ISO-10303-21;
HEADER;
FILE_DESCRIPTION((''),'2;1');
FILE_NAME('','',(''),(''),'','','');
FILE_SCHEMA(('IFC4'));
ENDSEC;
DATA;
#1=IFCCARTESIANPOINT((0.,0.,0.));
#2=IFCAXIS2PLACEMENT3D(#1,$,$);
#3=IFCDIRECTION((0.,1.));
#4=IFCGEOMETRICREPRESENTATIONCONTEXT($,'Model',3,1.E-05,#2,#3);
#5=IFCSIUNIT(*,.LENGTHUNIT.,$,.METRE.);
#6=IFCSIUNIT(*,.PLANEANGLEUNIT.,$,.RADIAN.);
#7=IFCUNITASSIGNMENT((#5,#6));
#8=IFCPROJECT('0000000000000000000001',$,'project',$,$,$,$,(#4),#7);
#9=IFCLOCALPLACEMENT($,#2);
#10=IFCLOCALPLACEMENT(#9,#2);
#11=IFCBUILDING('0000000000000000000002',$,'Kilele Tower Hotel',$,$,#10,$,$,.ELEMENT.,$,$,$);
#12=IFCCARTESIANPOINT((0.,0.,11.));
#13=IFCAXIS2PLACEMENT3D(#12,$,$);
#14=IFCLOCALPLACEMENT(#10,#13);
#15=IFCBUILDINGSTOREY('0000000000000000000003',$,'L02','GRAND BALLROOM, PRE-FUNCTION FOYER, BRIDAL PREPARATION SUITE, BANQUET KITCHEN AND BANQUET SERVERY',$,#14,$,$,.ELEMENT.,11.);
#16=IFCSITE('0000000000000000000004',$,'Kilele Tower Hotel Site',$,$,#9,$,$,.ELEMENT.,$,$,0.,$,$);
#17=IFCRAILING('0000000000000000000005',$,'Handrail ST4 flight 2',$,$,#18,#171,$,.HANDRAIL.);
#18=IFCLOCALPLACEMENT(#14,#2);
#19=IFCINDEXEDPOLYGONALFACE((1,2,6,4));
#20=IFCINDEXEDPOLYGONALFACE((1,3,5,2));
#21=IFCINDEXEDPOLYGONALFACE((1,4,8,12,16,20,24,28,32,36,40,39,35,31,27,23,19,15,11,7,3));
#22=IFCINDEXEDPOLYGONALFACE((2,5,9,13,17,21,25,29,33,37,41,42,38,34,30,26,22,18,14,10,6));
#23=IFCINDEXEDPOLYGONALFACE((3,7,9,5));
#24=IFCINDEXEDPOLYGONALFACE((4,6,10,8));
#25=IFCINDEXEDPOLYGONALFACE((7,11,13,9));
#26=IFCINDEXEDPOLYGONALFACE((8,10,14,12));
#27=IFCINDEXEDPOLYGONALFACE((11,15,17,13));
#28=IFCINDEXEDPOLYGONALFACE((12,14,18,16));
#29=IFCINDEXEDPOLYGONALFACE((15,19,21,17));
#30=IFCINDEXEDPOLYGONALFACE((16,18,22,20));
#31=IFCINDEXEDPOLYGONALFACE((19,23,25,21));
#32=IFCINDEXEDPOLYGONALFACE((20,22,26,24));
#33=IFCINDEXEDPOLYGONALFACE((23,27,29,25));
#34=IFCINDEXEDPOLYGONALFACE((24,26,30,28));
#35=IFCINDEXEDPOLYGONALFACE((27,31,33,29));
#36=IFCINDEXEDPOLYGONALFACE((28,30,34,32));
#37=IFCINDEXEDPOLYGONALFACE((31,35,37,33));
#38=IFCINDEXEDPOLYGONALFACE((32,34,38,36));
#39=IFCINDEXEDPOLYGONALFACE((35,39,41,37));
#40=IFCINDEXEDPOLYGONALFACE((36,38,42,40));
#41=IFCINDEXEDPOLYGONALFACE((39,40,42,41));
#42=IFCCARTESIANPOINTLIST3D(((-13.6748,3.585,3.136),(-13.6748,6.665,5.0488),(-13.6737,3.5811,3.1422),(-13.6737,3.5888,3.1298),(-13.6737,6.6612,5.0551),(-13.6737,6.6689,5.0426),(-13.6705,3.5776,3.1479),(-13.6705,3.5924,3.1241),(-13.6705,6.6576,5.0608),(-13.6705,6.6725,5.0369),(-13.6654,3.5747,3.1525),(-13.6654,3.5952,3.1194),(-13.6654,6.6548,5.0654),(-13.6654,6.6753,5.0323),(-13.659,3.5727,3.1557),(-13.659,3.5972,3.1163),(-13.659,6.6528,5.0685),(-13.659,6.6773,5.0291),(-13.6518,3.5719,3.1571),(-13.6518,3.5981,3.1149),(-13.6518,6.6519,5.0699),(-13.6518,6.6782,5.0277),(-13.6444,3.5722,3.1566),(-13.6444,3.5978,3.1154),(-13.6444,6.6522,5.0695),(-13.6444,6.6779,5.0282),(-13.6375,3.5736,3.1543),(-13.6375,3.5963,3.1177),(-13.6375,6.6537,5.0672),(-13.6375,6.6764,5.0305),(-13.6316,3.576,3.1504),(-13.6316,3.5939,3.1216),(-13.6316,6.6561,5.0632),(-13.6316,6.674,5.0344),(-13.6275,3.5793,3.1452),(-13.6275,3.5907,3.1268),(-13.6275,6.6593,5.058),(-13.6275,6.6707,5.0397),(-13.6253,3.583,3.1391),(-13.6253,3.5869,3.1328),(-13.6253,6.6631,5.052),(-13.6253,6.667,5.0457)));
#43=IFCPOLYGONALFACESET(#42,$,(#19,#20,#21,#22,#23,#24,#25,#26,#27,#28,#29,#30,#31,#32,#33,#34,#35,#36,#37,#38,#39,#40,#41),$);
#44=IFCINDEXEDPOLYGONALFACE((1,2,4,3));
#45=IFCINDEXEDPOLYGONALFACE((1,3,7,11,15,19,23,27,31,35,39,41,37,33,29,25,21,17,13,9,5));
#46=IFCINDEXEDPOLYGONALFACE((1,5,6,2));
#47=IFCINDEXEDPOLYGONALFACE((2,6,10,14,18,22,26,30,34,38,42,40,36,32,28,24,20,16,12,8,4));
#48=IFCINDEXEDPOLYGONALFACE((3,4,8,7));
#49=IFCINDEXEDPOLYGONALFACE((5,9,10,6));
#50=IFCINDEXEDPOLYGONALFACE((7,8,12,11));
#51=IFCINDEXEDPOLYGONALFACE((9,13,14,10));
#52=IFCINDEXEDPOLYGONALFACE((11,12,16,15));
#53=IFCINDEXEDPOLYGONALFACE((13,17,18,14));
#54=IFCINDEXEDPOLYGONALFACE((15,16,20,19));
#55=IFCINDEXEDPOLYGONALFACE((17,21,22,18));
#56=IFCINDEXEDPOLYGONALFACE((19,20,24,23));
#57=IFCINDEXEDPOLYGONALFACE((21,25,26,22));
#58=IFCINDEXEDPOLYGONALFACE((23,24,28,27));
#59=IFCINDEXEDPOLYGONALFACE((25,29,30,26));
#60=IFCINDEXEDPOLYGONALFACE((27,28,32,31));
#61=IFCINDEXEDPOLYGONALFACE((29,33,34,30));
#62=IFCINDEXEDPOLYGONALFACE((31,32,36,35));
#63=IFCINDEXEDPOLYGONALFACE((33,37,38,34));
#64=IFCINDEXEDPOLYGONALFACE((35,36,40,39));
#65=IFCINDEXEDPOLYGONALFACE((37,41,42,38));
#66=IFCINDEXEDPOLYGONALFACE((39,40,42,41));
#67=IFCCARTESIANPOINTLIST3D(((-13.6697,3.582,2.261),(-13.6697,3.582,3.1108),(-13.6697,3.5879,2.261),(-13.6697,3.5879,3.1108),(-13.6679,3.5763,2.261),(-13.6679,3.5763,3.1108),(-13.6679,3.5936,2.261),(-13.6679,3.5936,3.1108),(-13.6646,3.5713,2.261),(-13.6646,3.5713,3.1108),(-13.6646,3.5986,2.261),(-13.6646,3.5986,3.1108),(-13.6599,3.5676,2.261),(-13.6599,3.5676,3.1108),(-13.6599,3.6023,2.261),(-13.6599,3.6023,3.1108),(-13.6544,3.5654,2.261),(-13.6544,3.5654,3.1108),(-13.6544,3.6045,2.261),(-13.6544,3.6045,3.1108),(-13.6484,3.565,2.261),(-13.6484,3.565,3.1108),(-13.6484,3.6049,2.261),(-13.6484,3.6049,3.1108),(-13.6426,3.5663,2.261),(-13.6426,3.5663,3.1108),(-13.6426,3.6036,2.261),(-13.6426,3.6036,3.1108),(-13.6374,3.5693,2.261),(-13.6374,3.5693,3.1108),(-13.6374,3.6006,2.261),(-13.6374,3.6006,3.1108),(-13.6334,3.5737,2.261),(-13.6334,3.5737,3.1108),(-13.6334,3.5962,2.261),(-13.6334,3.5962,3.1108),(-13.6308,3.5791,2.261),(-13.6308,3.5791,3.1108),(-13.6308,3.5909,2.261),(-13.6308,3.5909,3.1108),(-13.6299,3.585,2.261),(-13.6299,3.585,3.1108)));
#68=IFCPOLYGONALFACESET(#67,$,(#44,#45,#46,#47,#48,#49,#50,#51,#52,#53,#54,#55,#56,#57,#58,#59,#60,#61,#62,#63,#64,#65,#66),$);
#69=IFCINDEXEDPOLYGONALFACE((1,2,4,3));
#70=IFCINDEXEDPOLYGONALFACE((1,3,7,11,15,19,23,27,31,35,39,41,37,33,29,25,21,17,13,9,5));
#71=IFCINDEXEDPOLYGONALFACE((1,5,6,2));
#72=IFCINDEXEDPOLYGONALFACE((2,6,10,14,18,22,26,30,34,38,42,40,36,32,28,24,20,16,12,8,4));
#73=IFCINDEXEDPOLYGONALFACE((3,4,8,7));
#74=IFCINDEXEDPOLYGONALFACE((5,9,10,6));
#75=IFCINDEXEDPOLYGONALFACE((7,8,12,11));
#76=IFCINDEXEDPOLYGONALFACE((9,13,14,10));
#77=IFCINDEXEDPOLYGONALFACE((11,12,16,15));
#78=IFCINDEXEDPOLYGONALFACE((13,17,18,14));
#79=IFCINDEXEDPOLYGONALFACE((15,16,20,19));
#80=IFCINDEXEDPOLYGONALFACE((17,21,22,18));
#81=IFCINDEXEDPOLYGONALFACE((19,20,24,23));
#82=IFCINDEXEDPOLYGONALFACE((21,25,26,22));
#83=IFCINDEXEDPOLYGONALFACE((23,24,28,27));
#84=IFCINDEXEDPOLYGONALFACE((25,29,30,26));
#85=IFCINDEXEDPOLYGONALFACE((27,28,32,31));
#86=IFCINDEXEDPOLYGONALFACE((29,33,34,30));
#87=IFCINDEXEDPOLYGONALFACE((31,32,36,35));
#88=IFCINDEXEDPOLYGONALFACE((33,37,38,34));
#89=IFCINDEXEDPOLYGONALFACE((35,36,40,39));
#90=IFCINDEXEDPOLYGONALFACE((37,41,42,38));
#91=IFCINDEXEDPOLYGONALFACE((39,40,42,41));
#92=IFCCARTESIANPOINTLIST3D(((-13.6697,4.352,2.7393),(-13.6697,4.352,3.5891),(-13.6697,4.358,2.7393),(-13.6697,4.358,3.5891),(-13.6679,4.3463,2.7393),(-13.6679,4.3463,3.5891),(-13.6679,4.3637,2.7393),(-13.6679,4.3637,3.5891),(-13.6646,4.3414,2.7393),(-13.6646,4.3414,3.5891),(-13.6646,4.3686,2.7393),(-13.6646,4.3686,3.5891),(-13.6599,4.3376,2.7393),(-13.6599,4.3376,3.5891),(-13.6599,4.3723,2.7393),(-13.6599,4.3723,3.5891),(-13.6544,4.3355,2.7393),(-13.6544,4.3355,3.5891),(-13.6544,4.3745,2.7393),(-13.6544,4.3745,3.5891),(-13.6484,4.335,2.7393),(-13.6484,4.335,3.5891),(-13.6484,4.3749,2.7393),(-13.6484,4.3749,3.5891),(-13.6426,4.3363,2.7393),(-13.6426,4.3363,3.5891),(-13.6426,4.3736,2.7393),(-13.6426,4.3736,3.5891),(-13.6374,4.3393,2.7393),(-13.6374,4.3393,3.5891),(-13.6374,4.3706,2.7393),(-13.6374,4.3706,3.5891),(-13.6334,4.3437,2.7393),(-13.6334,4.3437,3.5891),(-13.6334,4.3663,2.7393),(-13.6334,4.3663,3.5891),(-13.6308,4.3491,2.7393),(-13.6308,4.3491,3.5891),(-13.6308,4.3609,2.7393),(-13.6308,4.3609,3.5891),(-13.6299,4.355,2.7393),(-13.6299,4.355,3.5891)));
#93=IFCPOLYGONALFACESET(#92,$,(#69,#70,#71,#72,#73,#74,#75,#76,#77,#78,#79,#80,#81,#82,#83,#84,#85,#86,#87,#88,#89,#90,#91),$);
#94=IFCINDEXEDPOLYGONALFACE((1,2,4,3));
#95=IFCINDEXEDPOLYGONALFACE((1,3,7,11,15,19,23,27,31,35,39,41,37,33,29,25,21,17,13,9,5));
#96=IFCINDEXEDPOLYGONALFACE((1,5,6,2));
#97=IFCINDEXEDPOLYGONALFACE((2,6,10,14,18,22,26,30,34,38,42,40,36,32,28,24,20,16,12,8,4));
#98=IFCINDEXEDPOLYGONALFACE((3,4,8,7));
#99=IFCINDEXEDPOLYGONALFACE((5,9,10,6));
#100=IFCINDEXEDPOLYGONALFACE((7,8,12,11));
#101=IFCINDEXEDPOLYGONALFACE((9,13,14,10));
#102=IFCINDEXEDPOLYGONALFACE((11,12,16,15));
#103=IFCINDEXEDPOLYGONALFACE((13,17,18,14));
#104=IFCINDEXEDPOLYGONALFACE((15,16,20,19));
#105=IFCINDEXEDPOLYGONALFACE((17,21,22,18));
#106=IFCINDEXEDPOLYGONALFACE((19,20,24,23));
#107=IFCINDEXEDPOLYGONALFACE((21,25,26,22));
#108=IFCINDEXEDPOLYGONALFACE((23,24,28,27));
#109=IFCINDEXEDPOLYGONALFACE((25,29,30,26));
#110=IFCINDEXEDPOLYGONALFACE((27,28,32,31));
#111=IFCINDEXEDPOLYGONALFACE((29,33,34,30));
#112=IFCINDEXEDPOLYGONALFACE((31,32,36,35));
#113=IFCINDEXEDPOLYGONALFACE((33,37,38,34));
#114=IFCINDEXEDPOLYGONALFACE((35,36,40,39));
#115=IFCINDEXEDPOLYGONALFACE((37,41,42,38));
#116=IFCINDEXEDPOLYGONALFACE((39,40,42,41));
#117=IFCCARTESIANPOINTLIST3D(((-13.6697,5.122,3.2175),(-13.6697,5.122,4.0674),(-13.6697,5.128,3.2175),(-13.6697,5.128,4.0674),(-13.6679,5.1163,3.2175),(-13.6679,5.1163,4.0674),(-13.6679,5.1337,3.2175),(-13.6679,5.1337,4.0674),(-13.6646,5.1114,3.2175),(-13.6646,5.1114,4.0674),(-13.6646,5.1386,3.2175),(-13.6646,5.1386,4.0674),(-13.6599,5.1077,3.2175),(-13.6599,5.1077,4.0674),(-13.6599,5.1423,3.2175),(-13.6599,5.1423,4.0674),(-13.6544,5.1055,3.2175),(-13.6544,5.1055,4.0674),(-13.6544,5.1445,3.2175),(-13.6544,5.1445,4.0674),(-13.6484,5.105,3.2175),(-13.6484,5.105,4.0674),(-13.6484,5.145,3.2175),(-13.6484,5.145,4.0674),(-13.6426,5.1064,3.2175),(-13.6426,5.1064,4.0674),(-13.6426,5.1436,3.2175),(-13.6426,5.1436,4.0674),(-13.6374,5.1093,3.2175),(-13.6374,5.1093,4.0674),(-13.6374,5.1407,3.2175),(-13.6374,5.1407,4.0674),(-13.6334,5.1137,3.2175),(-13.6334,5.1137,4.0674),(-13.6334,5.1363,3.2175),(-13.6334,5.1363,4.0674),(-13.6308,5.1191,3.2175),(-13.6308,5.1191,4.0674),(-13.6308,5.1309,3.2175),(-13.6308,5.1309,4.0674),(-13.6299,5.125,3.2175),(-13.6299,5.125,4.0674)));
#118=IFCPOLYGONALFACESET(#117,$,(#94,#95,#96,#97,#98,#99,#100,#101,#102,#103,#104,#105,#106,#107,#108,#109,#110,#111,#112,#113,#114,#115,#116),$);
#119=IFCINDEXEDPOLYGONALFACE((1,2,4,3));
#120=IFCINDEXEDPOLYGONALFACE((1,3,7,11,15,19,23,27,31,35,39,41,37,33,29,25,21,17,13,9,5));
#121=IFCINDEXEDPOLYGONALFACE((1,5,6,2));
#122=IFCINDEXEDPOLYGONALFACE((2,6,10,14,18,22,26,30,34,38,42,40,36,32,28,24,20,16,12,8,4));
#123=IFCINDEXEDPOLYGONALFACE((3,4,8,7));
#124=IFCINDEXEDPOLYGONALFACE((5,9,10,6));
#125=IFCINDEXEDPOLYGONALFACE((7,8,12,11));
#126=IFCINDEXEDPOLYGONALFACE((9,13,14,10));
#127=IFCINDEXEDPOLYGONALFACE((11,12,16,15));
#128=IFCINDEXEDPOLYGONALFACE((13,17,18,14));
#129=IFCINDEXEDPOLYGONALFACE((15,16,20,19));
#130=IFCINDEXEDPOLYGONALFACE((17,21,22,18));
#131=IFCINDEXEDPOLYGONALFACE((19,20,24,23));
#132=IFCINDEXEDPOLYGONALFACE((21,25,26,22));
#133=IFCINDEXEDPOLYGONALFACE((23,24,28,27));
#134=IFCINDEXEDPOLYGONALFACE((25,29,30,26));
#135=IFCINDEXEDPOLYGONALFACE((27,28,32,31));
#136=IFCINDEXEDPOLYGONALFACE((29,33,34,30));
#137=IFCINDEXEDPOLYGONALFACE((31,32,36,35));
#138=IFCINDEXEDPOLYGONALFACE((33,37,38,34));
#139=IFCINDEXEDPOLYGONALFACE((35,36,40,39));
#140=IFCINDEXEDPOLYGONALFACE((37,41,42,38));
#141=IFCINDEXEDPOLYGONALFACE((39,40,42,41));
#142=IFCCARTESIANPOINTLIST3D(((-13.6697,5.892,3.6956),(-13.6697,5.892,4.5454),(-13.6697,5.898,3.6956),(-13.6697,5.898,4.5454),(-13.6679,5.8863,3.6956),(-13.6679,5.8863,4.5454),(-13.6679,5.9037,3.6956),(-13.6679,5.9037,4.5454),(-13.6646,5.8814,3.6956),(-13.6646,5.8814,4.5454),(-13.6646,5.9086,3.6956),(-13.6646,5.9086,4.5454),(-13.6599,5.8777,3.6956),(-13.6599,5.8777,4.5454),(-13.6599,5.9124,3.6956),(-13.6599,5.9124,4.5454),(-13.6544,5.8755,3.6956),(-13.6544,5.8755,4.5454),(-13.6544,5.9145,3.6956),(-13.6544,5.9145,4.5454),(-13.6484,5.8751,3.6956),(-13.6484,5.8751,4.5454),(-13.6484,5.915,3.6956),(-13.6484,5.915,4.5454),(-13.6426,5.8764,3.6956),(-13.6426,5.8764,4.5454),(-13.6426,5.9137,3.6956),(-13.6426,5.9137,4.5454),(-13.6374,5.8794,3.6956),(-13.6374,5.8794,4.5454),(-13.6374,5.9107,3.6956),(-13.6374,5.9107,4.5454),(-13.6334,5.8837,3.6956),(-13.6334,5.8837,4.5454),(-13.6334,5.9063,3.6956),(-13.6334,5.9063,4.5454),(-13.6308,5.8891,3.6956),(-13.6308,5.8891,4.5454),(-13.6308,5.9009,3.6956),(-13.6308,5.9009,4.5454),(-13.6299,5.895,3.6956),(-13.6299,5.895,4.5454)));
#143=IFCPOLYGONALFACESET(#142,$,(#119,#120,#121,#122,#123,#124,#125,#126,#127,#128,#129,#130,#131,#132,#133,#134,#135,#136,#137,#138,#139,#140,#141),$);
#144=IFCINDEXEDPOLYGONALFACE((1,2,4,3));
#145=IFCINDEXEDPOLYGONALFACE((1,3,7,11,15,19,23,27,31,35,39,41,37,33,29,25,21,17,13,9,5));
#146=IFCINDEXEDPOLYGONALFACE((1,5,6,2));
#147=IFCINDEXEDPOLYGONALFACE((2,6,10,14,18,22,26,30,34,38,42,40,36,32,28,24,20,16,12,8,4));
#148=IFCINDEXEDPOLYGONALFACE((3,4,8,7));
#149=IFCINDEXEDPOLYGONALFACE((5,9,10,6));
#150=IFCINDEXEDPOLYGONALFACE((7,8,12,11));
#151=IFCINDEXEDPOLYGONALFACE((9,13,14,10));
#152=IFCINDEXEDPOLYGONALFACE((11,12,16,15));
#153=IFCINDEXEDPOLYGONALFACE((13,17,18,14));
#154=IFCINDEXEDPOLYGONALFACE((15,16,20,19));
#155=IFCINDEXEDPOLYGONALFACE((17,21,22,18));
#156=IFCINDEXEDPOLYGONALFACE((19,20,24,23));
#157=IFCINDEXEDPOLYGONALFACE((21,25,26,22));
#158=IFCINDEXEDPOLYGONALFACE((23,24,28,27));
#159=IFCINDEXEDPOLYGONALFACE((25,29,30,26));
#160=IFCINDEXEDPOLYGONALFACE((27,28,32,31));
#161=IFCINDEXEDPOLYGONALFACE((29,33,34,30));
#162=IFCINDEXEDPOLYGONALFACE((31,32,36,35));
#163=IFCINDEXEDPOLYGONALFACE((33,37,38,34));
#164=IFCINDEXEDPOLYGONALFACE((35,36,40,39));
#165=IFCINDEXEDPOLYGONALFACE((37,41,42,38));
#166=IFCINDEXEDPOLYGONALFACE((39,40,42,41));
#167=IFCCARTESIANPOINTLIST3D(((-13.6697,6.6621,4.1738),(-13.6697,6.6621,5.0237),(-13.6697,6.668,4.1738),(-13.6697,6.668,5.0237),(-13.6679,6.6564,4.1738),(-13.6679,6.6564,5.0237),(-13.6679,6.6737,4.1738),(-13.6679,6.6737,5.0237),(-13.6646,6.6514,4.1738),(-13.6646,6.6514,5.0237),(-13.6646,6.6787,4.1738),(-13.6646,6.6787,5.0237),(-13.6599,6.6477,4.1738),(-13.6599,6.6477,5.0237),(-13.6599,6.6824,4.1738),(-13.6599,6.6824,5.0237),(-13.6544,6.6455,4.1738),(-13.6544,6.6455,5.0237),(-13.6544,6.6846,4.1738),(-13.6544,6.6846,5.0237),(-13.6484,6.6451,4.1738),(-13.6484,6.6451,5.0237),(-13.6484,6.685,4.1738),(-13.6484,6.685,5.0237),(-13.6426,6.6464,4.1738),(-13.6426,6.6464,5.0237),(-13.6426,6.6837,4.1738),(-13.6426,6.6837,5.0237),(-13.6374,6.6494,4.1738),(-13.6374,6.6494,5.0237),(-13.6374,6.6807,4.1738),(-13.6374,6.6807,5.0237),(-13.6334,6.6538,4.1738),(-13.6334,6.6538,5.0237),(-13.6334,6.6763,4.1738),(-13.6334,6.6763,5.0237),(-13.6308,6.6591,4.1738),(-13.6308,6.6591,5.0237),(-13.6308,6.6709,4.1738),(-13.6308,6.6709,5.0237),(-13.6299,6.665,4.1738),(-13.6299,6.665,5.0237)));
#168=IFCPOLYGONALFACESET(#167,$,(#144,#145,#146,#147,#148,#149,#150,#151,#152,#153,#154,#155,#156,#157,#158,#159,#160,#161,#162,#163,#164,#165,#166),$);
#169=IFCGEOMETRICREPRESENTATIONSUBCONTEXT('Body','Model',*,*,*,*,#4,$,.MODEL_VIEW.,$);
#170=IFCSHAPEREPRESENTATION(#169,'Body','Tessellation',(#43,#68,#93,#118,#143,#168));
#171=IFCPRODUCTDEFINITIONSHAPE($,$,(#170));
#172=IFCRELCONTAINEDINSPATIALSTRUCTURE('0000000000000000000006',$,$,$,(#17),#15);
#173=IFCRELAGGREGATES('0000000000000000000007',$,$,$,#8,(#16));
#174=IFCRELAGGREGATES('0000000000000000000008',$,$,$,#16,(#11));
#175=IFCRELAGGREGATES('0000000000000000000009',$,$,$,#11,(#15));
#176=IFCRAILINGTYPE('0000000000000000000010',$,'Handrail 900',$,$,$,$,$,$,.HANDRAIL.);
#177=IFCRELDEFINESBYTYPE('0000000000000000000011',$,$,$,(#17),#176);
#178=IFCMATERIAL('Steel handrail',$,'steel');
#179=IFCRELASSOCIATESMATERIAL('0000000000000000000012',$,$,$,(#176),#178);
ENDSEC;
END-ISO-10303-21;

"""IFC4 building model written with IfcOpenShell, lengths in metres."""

from ifc_helpers import new_model, si_unit, direction, frame, origin, origin_2d, place, context, subcontext, project, spatial, circle, extrude, material, type_object, element, save


model = new_model("IFC4")

# Units and contexts
model_context = context("Model", 3, precision=1e-05, world=origin(), true_north=direction((0.0, 1.0)))
body_context = subcontext(model_context, "Body", "Model", "MODEL_VIEW")
ifc_project = project(units=[si_unit("LENGTHUNIT", "METRE"), si_unit("PLANEANGLEUNIT", "RADIAN")], contexts=[model_context])

# Site, building, storey
site_placement = place(None, origin())
site = spatial("IfcSite", under=ifc_project, at=site_placement, Name="Kilele Tower Hotel Site", CompositionType="ELEMENT", RefElevation=0.0)
building_placement = place(site_placement, origin())
building = spatial("IfcBuilding", under=site, at=building_placement, Name="Kilele Tower Hotel", CompositionType="ELEMENT")
storey_placement = place(building_placement, frame((0.0, 0.0, 11.0)))
storey = spatial("IfcBuildingStorey", under=building, at=storey_placement, Name="L02", Description="GRAND BALLROOM, PRE-FUNCTION FOYER, BRIDAL PREPARATION SUITE, BANQUET KITCHEN AND BANQUET SERVERY", CompositionType="ELEMENT", Elevation=11.0)

# Railing
ifc_material_1 = material(Name="Steel handrail", Category="steel")
railing_type = type_object("IfcRailingType", Name="Handrail 900", PredefinedType="HANDRAIL", material=ifc_material_1)
railing_1_placement = place(storey_placement, frame((-13.6499, 3.585, 2.261)))
element("IfcRailing", 1, at=railing_1_placement, inside=storey, type_object=railing_type, Name="Handrail ST4 flight 2", PredefinedType="HANDRAIL", context=body_context, shape_type="SweptSolid", body=[
    extrude(circle(Radius=0.0249, at=origin_2d()), frame((0.0, 0.0, 0.875), z_axis=(0.0, 0.849508, 0.527576), x_axis=(-1.0, 0.0, 0.0)), (0.0, 0.0, 1.0), 3.6257),
    extrude(circle(Radius=0.02, at=origin_2d()), origin(), (0.0, 0.0, 1.0), 0.8499),
    extrude(circle(Radius=0.02, at=origin_2d()), frame((0.0, 0.77, 0.4783)), (0.0, 0.0, 1.0), 0.8499),
    extrude(circle(Radius=0.02, at=origin_2d()), frame((0.0, 1.54, 0.9565)), (0.0, 0.0, 1.0), 0.8499),
    extrude(circle(Radius=0.02, at=origin_2d()), frame((0.0, 2.3101, 1.4346)), (0.0, 0.0, 1.0), 0.8499),
    extrude(circle(Radius=0.02, at=origin_2d()), frame((0.0, 3.0801, 1.9128)), (0.0, 0.0, 1.0), 0.8499),
])

save(model, "model.ifc")
